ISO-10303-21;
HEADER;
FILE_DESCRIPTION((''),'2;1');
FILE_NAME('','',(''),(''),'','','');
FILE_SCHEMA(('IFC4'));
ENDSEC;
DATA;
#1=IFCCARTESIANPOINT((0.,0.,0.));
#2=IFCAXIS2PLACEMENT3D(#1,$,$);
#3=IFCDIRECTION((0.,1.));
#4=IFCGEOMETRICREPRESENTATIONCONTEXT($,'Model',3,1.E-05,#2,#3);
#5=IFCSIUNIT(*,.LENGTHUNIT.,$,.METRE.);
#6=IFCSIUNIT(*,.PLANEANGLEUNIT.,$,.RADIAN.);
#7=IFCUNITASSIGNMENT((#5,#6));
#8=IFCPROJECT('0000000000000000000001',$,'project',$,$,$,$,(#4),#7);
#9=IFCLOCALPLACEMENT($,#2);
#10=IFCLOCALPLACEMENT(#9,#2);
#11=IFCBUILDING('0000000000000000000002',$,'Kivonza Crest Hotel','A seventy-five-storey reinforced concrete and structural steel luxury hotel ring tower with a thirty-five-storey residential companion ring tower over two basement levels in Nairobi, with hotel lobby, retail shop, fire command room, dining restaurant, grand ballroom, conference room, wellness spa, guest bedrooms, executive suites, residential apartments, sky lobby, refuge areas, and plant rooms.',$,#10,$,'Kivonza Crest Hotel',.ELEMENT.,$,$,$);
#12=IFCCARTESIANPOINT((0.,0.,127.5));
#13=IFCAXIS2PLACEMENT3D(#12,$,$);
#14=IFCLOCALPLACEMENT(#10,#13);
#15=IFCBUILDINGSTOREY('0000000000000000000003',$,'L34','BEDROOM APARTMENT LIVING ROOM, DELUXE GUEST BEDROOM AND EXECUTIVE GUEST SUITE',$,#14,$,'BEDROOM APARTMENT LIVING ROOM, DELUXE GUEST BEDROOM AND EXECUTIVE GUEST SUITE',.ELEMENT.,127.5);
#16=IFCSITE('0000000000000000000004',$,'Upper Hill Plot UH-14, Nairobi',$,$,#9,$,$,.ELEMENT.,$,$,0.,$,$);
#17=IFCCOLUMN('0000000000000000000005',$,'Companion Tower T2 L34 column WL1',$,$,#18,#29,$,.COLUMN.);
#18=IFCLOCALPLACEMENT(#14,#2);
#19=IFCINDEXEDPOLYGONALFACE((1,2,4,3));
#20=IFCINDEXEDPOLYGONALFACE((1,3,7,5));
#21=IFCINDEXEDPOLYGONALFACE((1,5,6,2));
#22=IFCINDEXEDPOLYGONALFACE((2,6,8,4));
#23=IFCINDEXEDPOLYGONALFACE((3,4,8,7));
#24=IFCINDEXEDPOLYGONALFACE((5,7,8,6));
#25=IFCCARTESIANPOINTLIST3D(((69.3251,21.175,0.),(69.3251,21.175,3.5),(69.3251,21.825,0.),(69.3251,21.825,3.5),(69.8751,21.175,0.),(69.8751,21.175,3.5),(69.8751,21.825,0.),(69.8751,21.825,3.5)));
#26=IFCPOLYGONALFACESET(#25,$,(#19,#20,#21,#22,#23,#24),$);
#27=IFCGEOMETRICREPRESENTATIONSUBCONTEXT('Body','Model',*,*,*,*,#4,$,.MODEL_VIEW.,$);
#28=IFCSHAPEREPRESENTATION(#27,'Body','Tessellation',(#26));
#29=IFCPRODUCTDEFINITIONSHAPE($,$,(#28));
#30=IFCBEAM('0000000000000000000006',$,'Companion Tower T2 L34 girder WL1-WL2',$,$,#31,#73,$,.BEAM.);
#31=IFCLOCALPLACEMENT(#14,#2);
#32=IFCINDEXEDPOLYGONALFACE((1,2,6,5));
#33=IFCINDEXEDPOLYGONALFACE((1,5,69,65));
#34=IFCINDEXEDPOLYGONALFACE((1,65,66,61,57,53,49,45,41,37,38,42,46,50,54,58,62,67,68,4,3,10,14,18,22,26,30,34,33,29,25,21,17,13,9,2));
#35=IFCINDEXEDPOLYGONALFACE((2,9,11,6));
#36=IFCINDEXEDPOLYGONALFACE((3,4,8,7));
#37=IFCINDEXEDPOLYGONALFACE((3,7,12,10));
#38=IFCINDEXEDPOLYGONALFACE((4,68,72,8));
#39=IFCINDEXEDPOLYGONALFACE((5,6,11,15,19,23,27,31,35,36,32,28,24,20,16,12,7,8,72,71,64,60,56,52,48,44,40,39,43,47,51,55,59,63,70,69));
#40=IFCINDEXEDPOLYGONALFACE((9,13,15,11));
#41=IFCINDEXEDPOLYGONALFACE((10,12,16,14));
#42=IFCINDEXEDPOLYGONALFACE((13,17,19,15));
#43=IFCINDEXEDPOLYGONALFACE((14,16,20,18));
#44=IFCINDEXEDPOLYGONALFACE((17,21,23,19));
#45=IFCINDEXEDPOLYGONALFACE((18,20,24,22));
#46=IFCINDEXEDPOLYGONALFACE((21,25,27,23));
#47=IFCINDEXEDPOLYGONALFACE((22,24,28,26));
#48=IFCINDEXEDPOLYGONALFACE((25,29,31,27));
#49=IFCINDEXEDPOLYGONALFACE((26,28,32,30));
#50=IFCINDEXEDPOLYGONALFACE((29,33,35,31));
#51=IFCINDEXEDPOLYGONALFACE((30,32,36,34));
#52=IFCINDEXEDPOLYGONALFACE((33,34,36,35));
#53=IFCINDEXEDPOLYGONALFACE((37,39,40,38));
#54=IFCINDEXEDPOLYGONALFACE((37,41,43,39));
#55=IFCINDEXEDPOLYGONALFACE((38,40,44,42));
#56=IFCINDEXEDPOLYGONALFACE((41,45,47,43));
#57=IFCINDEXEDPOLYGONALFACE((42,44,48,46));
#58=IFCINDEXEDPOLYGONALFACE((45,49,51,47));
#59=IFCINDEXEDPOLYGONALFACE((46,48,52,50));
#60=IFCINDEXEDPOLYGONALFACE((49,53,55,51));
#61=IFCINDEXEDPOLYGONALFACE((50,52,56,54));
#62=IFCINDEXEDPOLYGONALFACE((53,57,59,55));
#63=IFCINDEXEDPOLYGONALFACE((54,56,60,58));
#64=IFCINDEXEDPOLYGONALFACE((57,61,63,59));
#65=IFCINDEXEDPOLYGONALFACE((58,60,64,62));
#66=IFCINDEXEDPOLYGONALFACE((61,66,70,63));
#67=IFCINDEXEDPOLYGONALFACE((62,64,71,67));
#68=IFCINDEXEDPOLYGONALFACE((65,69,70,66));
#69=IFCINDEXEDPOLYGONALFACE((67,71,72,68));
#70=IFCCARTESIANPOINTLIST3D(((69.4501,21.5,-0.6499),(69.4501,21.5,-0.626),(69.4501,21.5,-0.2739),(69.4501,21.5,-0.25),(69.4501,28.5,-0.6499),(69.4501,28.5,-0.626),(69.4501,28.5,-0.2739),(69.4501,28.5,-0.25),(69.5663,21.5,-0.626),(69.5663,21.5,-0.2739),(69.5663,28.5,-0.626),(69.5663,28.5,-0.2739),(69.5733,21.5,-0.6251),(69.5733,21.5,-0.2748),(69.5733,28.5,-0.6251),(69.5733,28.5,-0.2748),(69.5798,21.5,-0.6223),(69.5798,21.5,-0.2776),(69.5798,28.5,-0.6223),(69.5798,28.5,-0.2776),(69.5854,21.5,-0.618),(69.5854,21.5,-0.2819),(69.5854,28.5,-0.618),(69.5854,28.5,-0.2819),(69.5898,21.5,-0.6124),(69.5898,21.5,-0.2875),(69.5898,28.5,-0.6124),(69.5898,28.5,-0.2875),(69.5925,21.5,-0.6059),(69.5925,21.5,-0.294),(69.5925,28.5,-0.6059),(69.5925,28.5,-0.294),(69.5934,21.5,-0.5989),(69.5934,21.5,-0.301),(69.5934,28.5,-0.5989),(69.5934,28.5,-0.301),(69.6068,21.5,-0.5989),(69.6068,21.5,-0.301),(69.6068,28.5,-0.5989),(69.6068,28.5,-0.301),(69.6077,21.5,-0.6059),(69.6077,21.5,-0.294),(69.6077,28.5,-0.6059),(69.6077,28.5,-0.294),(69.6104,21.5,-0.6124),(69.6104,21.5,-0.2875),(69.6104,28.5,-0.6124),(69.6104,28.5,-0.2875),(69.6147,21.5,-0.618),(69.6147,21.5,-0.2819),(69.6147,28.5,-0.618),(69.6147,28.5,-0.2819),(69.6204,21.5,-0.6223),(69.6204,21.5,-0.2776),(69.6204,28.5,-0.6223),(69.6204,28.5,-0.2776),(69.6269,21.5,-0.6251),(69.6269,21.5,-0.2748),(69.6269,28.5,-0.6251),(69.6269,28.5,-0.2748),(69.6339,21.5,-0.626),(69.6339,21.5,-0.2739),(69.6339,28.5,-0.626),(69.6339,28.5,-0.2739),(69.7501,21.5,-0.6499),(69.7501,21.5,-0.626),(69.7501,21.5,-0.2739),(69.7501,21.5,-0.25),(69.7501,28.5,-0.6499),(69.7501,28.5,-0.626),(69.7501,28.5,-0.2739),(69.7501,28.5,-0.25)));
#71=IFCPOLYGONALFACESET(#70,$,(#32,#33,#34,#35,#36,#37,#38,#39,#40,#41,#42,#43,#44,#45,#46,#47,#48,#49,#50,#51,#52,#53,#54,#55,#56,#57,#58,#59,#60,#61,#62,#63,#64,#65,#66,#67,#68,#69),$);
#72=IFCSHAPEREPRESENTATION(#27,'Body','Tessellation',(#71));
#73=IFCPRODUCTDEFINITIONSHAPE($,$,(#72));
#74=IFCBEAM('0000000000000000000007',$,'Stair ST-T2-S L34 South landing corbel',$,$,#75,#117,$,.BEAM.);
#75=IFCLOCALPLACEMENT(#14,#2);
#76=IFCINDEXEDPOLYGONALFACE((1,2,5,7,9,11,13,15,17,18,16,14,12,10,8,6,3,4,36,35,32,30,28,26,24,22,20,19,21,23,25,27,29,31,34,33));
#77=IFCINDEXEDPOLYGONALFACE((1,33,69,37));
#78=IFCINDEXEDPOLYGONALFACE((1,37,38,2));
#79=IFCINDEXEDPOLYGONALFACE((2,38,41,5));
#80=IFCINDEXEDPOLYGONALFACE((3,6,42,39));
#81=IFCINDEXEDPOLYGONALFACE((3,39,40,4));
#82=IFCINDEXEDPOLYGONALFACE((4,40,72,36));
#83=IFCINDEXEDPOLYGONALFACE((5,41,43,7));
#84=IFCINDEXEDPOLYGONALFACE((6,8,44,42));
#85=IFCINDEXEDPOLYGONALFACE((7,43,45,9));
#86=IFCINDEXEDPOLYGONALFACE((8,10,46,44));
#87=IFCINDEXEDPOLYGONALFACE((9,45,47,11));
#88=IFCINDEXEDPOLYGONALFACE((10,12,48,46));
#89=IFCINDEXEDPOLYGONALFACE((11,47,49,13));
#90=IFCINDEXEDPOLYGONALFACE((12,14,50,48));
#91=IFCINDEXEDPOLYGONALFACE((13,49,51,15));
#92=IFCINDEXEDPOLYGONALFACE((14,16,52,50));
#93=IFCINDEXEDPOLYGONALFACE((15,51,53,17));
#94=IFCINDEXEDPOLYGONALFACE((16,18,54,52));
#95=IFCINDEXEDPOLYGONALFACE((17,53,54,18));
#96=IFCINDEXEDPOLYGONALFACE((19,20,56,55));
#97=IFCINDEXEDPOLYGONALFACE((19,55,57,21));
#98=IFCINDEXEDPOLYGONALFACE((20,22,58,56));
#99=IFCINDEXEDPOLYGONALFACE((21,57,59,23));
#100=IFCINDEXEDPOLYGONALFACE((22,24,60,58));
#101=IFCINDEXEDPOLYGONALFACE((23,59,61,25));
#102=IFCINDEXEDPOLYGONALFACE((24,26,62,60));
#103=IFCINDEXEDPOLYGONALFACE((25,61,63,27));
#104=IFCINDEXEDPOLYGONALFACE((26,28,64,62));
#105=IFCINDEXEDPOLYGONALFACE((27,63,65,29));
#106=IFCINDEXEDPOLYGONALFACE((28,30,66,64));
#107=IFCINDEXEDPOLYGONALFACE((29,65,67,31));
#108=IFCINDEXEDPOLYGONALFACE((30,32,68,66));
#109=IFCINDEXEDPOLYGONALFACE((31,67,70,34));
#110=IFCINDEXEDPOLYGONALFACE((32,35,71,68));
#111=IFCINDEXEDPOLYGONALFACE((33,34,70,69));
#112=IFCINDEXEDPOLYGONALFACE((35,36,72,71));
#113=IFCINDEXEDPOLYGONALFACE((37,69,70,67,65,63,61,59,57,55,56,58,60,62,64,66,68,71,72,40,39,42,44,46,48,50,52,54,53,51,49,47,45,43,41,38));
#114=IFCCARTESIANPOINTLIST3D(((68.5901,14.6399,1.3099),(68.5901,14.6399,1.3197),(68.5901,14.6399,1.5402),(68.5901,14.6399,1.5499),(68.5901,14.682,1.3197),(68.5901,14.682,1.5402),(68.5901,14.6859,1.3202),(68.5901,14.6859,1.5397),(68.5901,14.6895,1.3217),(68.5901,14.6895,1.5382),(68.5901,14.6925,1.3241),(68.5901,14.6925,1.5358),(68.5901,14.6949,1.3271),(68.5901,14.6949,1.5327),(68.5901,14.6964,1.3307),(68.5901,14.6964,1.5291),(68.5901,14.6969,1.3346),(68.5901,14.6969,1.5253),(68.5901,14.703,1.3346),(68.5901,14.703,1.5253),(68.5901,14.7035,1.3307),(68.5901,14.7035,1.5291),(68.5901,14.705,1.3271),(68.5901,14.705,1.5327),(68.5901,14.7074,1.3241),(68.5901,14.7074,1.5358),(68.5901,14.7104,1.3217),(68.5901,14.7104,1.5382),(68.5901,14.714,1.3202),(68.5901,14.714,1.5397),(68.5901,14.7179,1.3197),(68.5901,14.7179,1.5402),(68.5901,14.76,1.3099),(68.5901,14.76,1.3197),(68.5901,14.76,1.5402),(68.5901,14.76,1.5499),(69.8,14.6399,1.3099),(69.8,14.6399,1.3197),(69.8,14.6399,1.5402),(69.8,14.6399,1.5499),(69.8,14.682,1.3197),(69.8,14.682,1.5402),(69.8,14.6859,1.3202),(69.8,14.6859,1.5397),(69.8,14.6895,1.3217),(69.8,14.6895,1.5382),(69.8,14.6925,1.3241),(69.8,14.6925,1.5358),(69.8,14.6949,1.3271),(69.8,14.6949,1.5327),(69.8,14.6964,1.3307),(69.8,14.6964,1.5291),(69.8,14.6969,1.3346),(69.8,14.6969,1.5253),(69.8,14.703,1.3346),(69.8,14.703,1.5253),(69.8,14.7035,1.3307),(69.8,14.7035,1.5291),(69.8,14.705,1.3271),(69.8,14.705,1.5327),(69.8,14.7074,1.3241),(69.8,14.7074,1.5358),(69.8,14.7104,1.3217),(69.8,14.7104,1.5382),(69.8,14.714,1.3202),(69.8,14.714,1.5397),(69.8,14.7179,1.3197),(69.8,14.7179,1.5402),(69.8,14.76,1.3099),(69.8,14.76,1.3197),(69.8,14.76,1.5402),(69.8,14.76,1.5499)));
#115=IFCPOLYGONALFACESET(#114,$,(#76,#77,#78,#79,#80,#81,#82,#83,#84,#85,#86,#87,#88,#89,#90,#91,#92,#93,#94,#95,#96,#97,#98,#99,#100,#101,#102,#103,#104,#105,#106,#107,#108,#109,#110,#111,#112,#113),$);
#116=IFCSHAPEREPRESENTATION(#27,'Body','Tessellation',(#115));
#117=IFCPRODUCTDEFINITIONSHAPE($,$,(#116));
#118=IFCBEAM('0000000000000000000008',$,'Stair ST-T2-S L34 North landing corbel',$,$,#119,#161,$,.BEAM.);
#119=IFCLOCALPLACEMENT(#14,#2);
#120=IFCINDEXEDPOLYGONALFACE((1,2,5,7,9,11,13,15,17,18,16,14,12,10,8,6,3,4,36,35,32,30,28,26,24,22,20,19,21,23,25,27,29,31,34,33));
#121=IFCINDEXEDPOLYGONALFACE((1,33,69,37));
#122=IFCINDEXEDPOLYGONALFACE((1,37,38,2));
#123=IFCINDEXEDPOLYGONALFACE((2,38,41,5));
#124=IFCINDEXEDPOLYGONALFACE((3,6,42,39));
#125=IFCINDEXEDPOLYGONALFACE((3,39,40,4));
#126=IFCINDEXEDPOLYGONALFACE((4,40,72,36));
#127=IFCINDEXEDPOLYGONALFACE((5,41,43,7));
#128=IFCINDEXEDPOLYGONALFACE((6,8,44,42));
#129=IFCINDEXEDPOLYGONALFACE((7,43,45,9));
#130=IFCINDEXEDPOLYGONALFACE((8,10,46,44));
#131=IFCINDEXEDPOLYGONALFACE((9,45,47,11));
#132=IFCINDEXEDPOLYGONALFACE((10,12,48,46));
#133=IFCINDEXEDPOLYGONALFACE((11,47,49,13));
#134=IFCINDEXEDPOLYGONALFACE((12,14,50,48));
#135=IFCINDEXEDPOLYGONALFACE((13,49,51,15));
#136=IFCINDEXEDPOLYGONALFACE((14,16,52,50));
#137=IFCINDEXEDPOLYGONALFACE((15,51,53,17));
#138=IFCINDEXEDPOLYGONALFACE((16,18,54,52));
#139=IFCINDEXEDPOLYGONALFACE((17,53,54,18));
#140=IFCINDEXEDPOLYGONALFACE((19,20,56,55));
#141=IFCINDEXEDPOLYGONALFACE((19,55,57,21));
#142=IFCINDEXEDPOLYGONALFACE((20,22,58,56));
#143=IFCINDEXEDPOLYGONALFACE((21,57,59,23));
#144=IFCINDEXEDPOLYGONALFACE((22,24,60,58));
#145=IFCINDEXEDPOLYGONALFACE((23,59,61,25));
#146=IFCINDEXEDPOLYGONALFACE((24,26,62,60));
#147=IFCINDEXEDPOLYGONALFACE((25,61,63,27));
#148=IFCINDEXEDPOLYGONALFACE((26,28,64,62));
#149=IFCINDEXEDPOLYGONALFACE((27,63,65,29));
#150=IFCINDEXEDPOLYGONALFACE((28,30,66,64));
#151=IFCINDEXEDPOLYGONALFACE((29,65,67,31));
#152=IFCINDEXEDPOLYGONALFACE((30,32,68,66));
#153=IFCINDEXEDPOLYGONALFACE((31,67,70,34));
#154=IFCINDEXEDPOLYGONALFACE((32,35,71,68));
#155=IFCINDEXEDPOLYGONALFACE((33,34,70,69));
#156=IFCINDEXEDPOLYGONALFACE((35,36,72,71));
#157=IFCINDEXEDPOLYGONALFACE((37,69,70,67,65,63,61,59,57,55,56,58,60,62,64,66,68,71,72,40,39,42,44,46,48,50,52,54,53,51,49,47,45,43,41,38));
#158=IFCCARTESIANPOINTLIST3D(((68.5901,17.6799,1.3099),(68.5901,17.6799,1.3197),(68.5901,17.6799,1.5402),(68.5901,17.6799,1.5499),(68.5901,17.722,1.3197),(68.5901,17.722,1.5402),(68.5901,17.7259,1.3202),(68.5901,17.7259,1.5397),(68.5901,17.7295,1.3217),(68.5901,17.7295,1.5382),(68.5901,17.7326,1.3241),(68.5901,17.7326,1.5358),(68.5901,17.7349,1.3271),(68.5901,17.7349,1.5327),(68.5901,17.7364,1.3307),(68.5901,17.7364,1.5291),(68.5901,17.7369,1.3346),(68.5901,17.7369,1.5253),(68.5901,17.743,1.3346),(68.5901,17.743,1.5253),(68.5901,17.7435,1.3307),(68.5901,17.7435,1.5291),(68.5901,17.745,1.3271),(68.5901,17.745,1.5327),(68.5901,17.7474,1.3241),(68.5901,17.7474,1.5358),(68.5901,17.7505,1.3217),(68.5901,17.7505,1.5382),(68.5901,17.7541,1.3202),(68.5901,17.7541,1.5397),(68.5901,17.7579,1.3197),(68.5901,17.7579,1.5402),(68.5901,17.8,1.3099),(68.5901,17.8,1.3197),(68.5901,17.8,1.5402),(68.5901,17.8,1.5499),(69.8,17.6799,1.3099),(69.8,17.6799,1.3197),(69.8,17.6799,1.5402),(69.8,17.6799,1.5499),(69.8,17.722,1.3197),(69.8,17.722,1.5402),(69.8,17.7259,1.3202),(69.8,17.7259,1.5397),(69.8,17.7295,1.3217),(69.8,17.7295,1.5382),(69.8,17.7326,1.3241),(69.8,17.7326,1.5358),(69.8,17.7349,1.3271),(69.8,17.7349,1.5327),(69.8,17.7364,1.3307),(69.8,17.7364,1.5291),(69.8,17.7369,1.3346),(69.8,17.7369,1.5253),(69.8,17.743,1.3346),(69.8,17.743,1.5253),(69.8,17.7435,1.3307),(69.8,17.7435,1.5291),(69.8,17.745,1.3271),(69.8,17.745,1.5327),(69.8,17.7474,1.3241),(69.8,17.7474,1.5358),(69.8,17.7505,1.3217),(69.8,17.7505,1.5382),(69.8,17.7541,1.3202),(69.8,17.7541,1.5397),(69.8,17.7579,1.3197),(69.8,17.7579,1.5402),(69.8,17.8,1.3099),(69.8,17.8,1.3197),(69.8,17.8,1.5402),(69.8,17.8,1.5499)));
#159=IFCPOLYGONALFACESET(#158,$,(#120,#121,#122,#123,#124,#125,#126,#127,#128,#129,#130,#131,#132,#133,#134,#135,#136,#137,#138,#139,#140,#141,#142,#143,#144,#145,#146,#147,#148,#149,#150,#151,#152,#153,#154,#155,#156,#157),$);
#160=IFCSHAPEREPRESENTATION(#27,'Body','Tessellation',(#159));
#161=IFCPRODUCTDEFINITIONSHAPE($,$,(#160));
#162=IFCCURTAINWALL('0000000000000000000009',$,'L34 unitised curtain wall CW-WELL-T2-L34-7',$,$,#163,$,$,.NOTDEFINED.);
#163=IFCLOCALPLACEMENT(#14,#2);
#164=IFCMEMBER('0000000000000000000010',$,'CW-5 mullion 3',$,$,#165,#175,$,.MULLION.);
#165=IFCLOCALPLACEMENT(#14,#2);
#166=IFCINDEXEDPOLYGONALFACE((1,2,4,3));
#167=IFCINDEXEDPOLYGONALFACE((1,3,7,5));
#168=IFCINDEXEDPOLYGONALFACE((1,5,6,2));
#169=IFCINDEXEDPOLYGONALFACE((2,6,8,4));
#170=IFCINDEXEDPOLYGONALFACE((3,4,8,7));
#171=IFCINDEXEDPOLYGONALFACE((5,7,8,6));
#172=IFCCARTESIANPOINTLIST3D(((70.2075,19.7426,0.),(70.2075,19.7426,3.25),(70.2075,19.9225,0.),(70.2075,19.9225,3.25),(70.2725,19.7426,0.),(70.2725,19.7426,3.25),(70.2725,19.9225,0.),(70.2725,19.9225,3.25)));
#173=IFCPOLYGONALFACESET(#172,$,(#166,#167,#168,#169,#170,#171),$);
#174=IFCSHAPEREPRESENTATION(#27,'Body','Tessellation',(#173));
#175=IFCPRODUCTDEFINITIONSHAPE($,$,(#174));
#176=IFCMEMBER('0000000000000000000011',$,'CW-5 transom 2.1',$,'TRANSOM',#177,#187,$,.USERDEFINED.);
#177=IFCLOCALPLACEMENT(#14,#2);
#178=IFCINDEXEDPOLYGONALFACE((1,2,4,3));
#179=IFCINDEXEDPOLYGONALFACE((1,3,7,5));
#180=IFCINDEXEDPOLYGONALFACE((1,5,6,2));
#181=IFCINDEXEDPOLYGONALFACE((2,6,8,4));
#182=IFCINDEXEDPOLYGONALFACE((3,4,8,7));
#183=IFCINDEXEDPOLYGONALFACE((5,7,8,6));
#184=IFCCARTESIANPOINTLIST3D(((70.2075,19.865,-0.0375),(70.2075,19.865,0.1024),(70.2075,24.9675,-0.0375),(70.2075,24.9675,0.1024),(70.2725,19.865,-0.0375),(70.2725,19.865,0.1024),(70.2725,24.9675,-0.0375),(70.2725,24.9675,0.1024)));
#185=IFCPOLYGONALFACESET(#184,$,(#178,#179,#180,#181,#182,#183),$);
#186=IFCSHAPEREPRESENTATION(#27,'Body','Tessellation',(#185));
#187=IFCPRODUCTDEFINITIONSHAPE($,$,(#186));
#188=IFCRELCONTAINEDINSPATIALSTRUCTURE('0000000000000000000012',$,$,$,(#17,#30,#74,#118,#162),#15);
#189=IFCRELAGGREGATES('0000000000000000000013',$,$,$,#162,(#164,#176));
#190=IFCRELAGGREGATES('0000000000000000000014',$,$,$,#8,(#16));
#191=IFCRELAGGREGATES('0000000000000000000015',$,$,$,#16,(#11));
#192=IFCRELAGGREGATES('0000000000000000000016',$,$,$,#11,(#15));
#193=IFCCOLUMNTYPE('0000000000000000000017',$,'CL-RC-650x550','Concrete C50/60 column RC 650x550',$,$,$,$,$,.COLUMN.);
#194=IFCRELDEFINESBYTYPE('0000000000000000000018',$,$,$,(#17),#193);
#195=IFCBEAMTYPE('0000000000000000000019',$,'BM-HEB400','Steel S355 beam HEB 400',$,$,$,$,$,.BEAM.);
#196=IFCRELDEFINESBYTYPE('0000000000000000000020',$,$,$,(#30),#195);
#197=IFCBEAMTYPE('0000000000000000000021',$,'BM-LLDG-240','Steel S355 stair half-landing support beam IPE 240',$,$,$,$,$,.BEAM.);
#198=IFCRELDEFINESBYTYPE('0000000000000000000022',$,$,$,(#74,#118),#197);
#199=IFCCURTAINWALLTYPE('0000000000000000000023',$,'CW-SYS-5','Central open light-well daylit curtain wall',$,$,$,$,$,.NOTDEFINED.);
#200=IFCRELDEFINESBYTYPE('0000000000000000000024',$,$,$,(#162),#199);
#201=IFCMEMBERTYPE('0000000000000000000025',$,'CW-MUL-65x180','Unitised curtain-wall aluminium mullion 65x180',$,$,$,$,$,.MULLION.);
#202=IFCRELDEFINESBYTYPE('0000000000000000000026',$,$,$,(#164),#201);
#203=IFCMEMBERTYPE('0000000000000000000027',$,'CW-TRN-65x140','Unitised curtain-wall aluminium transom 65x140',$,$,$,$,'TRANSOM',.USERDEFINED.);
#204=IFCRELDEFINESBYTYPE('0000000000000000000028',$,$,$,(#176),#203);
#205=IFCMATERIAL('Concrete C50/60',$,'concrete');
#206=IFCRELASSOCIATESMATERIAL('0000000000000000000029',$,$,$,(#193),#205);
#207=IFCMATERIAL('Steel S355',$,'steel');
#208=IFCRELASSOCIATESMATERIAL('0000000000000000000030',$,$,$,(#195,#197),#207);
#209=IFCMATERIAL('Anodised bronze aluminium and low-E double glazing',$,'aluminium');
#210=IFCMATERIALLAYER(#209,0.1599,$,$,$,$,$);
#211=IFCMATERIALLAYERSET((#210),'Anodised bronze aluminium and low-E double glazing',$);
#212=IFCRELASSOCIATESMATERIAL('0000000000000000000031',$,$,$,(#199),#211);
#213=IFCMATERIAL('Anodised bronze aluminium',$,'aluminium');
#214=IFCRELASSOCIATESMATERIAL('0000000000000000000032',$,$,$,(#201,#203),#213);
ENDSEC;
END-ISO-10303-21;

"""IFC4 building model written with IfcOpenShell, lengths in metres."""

from ifc_helpers import new_model, si_unit, direction, frame, origin, origin_2d, place, context, subcontext, project, spatial, rectangle, i_section, extrude, material, layer, layer_set, material_profile, profile_set, type_object, element, aggregate, save


model = new_model("IFC4")

# Units and contexts
model_context = context("Model", 3, precision=1e-05, world=origin(), true_north=direction((0.0, 1.0)))
body_context = subcontext(model_context, "Body", "Model", "MODEL_VIEW")
ifc_project = project(units=[si_unit("LENGTHUNIT", "METRE"), si_unit("PLANEANGLEUNIT", "RADIAN")], contexts=[model_context])

# Site, building, storey
site_placement = place(None, origin())
site = spatial("IfcSite", under=ifc_project, at=site_placement, Name="Upper Hill Plot UH-14, Nairobi", CompositionType="ELEMENT", RefElevation=0.0)
building_placement = place(site_placement, origin())
building = spatial("IfcBuilding", under=site, at=building_placement, Name="Kivonza Crest Hotel", Description="A seventy-five-storey reinforced concrete and structural steel luxury hotel ring tower with a thirty-five-storey residential companion ring tower over two basement levels in Nairobi, with hotel lobby, retail shop, fire command room, dining restaurant, grand ballroom, conference room, wellness spa, guest bedrooms, executive suites, residential apartments, sky lobby, refuge areas, and plant rooms.", LongName="Kivonza Crest Hotel", CompositionType="ELEMENT")
storey_placement = place(building_placement, frame((0.0, 0.0, 127.5)))
storey = spatial("IfcBuildingStorey", under=building, at=storey_placement, Name="L34", Description="BEDROOM APARTMENT LIVING ROOM, DELUXE GUEST BEDROOM AND EXECUTIVE GUEST SUITE", LongName="BEDROOM APARTMENT LIVING ROOM, DELUXE GUEST BEDROOM AND EXECUTIVE GUEST SUITE", CompositionType="ELEMENT", Elevation=127.5)

# Column
ifc_material_1 = material(Name="Concrete C50/60", Category="concrete")
ifc_material_profile_1 = material_profile(ifc_material_1, rectangle(XDim=0.55, YDim=0.6499, at=origin_2d()), Name="RC 650x550")
ifc_profile_set_1 = profile_set([ifc_material_profile_1], Name="Concrete C50/60")
column_type = type_object("IfcColumnType", Name="CL-RC-650x550", Description="Concrete C50/60 column RC 650x550", PredefinedType="COLUMN", material=ifc_profile_set_1)
column_placement = place(storey_placement, frame((69.6001, 21.5, 0.0), z_axis=(0.0, 0.0, 1.0), x_axis=(1.0, 0.0, 0.0)))
element("IfcColumn", 1, at=column_placement, inside=storey, type_object=column_type, Name="Companion Tower T2 L34 column WL1", PredefinedType="COLUMN", context=body_context, shape_type="SweptSolid", body=[
    extrude(rectangle(XDim=0.55, YDim=0.6499, at=origin_2d()), origin(), (0.0, 0.0, 1.0), 3.5),
])

# Beams
ifc_material_2 = material(Name="Steel S355", Category="steel")
ifc_material_profile_2 = material_profile(ifc_material_2, i_section(OverallWidth=0.3, OverallDepth=0.3999, WebThickness=0.0134, FlangeThickness=0.0239, FilletRadius=0.0271, at=origin_2d()), Name="HEB 400")
ifc_profile_set_2 = profile_set([ifc_material_profile_2], Name="Steel S355")
beam_type_1 = type_object("IfcBeamType", Name="BM-HEB400", Description="Steel S355 beam HEB 400", PredefinedType="BEAM", material=ifc_profile_set_2)
beam_placement = place(storey_placement, frame((69.6001, 21.5, -0.45), z_axis=(0.0, 1.0, 0.0), x_axis=(-1.0, 0.0, 0.0)))
element("IfcBeam", 2, at=beam_placement, inside=storey, type_object=beam_type_1, Name="Companion Tower T2 L34 girder WL1-WL2", PredefinedType="BEAM", context=body_context, shape_type="SweptSolid", body=[
    extrude(i_section(OverallWidth=0.3, OverallDepth=0.3999, WebThickness=0.0134, FlangeThickness=0.0239, FilletRadius=0.0271, at=origin_2d()), origin(), (0.0, 0.0, 1.0), 7.0),
])
ifc_material_profile_3 = material_profile(ifc_material_2, i_section(OverallWidth=0.1201, OverallDepth=0.24, WebThickness=0.0061, FlangeThickness=0.0098, FilletRadius=0.0149, at=origin_2d()), Name="IPE 240")
ifc_profile_set_3 = profile_set([ifc_material_profile_3], Name="Steel S355")
beam_type_2 = type_object("IfcBeamType", Name="BM-LLDG-240", Description="Steel S355 stair half-landing support beam IPE 240", PredefinedType="BEAM", material=ifc_profile_set_3)
for number, where, z_axis, x_axis, name in (
    (3, (68.5901, 14.7, 1.4299), (1.0, 0.0, 0.0), (0.0, 1.0, 0.0), "Stair ST-T2-S L34 South landing corbel"),
    (4, (68.5901, 17.74, 1.4299), (1.0, 0.0, 0.0), (0.0, 1.0, 0.0), "Stair ST-T2-S L34 North landing corbel"),
):
    element("IfcBeam", number, at=place(storey_placement, frame(where, z_axis=z_axis, x_axis=x_axis)), inside=storey, type_object=beam_type_2, Name=name, PredefinedType="BEAM", context=body_context, shape_type="SweptSolid", body=[
        extrude(i_section(OverallWidth=0.1201, OverallDepth=0.24, WebThickness=0.0061, FlangeThickness=0.0098, FilletRadius=0.0149, at=origin_2d()), origin(), (0.0, 0.0, 1.0), 1.21),
    ])

# Curtain wall, members
ifc_material_3 = material(Name="Anodised bronze aluminium and low-E double glazing", Category="aluminium")
ifc_layer_1 = layer(ifc_material_3, 0.1599)
ifc_layer_set_1 = layer_set([ifc_layer_1], Name="Anodised bronze aluminium and low-E double glazing")
curtain_wall_type = type_object("IfcCurtainWallType", Name="CW-SYS-5", Description="Central open light-well daylit curtain wall", PredefinedType="NOTDEFINED", material=ifc_layer_set_1)
curtain_wall_placement = place(storey_placement, origin())
curtain_wall = element("IfcCurtainWall", 5, at=curtain_wall_placement, inside=storey, type_object=curtain_wall_type, Name="L34 unitised curtain wall CW-WELL-T2-L34-7", PredefinedType="NOTDEFINED")
ifc_material_4 = material(Name="Anodised bronze aluminium", Category="aluminium")
ifc_material_profile_4 = material_profile(ifc_material_4, rectangle(XDim=0.0649, YDim=0.1799, at=origin_2d()), Name="CW-M 65x180")
ifc_profile_set_4 = profile_set([ifc_material_profile_4], Name="Anodised bronze aluminium")
member_type_1 = type_object("IfcMemberType", Name="CW-MUL-65x180", Description="Unitised curtain-wall aluminium mullion 65x180", PredefinedType="MULLION", material=ifc_profile_set_4)
member_1_placement = place(storey_placement, frame((70.24, 19.8325, 0.0), z_axis=(0.0, 0.0, 1.0), x_axis=(1.0, 0.0, 0.0)))
member_1 = element("IfcMember", 6, at=member_1_placement, type_object=member_type_1, Name="CW-5 mullion 3", PredefinedType="MULLION", context=body_context, shape_type="SweptSolid", body=[
    extrude(rectangle(XDim=0.0649, YDim=0.1799, at=origin_2d()), origin(), (0.0, 0.0, 1.0), 3.25),
])
ifc_material_profile_5 = material_profile(ifc_material_4, rectangle(XDim=0.0649, YDim=0.1399, at=origin_2d()), Name="CW-T 65x140")
ifc_profile_set_5 = profile_set([ifc_material_profile_5], Name="Anodised bronze aluminium")
member_type_2 = type_object("IfcMemberType", Name="CW-TRN-65x140", Description="Unitised curtain-wall aluminium transom 65x140", ElementType="TRANSOM", PredefinedType="USERDEFINED", material=ifc_profile_set_5)
member_2_placement = place(storey_placement, frame((70.24, 24.9675, 0.0325), z_axis=(0.0, -1.0, 0.0), x_axis=(1.0, 0.0, 0.0)))
member_2 = element("IfcMember", 7, at=member_2_placement, type_object=member_type_2, Name="CW-5 transom 2.1", ObjectType="TRANSOM", PredefinedType="USERDEFINED", context=body_context, shape_type="SweptSolid", body=[
    extrude(rectangle(XDim=0.0649, YDim=0.1399, at=origin_2d()), origin(), (0.0, 0.0, 1.0), 5.1025),
])
aggregate(curtain_wall, [member_1, member_2])

save(model, "model.ifc")
